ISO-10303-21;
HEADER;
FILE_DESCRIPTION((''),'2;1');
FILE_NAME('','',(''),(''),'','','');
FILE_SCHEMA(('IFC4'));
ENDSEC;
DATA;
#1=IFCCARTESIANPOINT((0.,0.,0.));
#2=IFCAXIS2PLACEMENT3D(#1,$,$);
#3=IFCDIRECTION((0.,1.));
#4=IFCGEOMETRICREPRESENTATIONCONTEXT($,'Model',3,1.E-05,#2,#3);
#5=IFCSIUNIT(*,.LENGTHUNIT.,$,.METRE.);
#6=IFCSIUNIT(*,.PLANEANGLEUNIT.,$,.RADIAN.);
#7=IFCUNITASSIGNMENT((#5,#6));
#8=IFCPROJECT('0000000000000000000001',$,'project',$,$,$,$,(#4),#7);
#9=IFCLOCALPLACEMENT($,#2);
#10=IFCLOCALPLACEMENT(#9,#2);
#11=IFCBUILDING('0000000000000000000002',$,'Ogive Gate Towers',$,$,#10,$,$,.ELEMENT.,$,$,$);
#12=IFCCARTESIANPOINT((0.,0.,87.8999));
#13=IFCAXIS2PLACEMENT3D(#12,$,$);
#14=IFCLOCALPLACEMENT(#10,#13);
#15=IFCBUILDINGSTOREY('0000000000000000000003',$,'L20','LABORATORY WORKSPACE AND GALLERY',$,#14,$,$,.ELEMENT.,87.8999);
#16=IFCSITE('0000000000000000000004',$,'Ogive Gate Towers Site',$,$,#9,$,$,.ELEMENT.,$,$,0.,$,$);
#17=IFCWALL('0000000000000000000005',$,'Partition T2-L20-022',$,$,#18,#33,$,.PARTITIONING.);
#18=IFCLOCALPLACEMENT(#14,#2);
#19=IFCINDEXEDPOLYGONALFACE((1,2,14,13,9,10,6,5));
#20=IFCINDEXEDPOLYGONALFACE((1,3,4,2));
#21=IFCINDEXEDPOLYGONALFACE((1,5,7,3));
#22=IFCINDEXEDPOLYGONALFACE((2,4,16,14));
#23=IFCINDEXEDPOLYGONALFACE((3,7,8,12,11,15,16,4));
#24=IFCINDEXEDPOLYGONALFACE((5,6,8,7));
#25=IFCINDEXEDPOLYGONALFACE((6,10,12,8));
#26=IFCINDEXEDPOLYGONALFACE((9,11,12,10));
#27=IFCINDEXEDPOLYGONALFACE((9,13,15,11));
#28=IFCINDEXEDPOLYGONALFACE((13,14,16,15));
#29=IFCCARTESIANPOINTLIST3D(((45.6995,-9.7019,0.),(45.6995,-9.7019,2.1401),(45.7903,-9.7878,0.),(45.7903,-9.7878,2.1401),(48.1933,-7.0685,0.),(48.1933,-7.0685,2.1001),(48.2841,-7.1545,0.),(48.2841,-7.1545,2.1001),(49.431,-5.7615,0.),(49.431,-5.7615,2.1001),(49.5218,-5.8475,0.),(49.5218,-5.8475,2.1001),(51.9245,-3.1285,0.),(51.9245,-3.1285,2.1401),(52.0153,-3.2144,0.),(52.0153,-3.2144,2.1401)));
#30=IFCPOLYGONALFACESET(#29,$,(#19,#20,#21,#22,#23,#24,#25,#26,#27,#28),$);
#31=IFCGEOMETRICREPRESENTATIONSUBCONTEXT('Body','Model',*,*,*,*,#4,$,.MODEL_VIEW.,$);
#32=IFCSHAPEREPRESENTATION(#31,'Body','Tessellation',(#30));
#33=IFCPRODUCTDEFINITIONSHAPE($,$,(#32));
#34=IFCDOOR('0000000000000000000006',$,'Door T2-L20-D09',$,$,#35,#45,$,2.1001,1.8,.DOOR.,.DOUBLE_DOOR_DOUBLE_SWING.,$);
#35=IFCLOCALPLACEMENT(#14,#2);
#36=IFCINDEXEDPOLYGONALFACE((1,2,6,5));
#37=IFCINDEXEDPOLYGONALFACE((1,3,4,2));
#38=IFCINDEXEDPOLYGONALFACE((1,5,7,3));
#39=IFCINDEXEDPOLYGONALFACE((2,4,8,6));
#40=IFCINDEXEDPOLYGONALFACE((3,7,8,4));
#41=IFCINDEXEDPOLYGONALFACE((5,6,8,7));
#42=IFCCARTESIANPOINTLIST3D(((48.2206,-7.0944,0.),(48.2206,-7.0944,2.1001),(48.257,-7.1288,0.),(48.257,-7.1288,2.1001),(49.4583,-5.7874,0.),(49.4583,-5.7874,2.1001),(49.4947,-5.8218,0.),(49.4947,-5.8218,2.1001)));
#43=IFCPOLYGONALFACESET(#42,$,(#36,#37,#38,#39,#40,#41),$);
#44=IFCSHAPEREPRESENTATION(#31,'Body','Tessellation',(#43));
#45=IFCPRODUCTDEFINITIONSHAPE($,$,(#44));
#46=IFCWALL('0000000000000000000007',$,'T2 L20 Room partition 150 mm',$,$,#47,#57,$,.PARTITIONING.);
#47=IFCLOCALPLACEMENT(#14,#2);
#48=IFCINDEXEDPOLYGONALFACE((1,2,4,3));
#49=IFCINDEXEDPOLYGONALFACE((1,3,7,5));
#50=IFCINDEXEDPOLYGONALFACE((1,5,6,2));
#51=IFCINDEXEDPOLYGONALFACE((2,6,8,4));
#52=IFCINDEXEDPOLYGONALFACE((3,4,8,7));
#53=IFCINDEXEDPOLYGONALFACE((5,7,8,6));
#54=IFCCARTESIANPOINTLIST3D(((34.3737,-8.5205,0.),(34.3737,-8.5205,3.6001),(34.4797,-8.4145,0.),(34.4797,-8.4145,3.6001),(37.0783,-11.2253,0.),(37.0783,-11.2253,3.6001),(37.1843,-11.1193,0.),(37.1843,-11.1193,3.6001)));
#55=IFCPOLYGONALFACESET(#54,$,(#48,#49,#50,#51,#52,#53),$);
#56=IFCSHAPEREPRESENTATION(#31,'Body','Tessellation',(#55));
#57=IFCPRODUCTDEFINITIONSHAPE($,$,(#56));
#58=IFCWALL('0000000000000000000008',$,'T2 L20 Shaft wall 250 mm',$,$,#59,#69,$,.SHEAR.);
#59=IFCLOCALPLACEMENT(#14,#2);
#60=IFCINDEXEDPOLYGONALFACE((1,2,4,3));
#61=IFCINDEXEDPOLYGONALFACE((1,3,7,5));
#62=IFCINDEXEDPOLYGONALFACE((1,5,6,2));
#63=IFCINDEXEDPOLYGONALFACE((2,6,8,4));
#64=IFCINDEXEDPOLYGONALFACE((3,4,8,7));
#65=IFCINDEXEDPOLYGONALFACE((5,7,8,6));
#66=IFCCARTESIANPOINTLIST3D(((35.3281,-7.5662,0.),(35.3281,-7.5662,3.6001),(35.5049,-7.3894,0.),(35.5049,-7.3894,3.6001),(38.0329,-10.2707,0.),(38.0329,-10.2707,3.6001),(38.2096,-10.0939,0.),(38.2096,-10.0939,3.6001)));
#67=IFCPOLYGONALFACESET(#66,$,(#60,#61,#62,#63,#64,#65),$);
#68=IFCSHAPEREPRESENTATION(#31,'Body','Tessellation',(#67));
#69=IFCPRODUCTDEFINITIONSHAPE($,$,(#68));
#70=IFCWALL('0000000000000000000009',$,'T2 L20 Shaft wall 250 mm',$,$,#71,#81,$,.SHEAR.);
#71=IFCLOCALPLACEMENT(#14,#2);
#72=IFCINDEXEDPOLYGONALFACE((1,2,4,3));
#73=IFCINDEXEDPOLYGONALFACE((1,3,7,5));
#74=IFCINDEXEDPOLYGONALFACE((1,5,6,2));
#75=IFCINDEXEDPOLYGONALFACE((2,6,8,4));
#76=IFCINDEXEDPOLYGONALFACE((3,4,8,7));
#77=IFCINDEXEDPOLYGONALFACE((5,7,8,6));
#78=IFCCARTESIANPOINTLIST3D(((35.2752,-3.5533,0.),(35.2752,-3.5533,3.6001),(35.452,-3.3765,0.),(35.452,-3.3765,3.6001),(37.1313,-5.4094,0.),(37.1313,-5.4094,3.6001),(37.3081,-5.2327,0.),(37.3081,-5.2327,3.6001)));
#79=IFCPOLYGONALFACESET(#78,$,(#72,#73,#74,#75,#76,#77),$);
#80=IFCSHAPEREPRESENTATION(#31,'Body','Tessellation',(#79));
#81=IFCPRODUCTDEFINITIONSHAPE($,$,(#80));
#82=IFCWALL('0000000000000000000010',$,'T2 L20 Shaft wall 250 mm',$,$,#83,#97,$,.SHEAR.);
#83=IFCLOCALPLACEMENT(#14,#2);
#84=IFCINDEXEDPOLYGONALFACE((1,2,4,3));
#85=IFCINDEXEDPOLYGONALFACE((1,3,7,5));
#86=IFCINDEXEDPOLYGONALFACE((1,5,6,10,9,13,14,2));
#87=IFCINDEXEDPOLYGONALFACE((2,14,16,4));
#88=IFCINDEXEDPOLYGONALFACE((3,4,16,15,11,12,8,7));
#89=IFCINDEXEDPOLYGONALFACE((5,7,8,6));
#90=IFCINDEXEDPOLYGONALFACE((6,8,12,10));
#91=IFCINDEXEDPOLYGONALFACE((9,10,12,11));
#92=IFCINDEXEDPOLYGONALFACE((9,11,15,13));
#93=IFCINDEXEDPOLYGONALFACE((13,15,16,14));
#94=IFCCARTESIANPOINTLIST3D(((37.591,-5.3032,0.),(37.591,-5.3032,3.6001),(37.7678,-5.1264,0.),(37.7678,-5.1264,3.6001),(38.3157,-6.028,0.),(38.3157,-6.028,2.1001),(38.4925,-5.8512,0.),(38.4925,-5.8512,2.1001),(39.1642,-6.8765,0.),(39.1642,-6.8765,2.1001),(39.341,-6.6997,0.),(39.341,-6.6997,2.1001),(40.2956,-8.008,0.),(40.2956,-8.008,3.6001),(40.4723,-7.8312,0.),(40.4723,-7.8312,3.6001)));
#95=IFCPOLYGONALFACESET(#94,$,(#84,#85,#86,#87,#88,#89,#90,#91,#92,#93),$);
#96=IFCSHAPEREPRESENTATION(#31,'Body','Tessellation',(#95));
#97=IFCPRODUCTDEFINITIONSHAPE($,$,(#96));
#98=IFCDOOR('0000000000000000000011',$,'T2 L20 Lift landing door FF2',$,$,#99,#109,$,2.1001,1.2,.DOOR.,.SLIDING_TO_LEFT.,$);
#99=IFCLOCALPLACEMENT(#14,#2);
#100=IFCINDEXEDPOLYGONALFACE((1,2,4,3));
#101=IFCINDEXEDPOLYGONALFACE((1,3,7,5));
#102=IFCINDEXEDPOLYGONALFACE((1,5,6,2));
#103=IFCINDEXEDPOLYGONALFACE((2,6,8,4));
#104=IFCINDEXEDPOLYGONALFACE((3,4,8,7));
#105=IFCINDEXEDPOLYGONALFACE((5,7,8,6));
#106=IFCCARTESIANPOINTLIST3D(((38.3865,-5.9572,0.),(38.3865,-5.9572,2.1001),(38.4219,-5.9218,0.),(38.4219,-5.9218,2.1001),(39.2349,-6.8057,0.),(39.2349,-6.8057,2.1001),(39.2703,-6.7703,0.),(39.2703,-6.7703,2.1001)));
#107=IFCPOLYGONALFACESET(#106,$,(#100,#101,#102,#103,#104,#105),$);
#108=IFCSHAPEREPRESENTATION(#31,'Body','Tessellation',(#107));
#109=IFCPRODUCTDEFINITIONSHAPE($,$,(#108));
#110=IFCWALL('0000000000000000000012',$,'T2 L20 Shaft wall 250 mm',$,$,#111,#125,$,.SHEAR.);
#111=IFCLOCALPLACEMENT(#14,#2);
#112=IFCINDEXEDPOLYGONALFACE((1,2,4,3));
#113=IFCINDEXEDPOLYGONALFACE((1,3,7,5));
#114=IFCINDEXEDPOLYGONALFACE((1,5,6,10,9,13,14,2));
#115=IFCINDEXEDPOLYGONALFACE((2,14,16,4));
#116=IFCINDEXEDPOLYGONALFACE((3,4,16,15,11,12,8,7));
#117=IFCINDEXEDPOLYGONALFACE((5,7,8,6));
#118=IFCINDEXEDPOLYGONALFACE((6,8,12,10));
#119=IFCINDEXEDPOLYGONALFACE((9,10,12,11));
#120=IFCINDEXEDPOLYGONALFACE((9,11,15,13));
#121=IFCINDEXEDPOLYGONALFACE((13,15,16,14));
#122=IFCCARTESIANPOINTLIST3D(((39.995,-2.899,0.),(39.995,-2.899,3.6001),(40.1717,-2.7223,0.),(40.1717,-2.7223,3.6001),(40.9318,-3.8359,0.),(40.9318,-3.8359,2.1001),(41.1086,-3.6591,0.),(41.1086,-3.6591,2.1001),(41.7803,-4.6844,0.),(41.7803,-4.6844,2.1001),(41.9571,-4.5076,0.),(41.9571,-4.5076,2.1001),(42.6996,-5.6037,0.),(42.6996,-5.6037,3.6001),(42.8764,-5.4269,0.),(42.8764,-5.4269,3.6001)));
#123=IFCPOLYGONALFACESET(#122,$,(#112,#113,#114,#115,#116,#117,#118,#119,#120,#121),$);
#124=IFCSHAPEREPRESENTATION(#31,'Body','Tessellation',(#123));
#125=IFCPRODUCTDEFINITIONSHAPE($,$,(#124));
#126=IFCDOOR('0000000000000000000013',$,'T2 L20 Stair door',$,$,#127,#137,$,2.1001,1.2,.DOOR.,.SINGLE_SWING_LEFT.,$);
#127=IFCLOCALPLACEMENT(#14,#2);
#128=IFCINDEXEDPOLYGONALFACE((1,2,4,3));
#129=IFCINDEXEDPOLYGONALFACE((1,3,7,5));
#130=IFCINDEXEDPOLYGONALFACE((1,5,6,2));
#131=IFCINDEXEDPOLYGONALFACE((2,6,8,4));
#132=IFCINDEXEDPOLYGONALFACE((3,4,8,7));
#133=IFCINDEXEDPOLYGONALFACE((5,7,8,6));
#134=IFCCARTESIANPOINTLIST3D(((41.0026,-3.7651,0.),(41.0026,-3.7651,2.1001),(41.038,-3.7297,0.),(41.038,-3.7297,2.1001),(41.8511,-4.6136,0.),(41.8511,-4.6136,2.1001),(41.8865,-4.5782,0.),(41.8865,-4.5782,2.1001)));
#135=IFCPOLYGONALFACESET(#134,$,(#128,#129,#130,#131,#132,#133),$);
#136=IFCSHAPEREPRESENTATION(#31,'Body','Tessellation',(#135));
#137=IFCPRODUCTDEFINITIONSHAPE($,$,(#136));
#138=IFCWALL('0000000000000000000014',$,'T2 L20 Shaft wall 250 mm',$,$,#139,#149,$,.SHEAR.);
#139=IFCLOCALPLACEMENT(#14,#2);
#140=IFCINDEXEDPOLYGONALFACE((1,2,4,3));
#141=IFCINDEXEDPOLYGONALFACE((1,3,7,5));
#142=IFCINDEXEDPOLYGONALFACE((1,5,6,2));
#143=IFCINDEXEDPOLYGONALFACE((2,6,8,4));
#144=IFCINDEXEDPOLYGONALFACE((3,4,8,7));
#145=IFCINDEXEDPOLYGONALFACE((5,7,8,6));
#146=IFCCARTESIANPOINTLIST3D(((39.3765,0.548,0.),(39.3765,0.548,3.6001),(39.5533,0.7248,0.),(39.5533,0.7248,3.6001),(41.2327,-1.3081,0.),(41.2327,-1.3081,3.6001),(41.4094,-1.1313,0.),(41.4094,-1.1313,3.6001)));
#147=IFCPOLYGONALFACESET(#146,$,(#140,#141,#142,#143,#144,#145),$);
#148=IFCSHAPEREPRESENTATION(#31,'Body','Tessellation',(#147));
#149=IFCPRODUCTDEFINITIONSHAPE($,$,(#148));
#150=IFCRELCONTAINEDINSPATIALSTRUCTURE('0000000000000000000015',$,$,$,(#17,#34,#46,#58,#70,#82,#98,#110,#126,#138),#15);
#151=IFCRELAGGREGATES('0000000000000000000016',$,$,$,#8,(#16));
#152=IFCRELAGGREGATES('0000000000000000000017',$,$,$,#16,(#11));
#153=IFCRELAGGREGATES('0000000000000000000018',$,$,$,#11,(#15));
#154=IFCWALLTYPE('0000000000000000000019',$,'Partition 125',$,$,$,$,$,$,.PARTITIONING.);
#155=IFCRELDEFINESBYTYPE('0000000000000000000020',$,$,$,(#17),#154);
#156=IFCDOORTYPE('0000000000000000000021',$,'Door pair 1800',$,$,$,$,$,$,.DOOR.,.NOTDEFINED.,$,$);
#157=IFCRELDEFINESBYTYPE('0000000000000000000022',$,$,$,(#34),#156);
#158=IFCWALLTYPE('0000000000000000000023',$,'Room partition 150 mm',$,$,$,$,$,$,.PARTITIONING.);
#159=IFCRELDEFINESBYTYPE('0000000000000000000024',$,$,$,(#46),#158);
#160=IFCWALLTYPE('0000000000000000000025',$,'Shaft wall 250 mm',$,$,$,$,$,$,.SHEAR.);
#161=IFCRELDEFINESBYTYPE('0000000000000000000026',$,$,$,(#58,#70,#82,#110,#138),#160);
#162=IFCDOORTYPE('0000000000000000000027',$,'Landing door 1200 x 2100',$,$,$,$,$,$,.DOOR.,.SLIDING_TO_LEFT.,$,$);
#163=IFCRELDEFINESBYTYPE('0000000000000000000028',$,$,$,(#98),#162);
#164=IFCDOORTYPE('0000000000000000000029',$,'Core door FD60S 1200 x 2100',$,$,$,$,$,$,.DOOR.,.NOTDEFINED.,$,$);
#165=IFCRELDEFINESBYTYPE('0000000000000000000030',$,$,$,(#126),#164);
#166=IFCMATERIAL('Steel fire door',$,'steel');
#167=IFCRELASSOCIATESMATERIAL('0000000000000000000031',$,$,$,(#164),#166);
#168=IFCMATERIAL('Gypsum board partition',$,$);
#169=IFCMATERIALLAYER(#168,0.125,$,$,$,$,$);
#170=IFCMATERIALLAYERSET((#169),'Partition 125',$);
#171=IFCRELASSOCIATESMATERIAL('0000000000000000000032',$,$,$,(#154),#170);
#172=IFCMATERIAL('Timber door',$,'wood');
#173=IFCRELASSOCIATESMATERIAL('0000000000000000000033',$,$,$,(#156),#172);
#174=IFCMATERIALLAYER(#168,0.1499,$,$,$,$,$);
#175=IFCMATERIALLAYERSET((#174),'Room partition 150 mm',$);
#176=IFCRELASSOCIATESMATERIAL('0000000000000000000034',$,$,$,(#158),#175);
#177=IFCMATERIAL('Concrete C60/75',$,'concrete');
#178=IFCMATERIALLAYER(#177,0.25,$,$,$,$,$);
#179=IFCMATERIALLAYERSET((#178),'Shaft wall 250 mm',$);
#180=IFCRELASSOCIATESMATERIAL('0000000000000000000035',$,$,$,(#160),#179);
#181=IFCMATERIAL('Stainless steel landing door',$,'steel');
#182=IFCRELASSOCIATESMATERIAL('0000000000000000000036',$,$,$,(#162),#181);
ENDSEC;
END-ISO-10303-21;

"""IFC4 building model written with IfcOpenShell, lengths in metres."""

from ifc_helpers import new_model, si_unit, direction, frame, frame_2d, origin, place, context, subcontext, project, spatial, rectangle, extrude, material, layer, layer_set, type_object, element, fill, save


model = new_model("IFC4")

# Units and contexts
model_context = context("Model", 3, precision=1e-05, world=origin(), true_north=direction((0.0, 1.0)))
body_context = subcontext(model_context, "Body", "Model", "MODEL_VIEW")
ifc_project = project(units=[si_unit("LENGTHUNIT", "METRE"), si_unit("PLANEANGLEUNIT", "RADIAN")], contexts=[model_context])

# Site, building, storey
site_placement = place(None, origin())
site = spatial("IfcSite", under=ifc_project, at=site_placement, Name="Ogive Gate Towers Site", CompositionType="ELEMENT", RefElevation=0.0)
building_placement = place(site_placement, origin())
building = spatial("IfcBuilding", under=site, at=building_placement, Name="Ogive Gate Towers", CompositionType="ELEMENT")
storey_placement = place(building_placement, frame((0.0, 0.0, 87.8999)))
storey = spatial("IfcBuildingStorey", under=building, at=storey_placement, Name="L20", Description="LABORATORY WORKSPACE AND GALLERY", CompositionType="ELEMENT", Elevation=87.8999)

# Shared definitions
ifc_material_1 = material(Name="Concrete C60/75", Category="concrete")
ifc_material_2 = material(Name="Timber door", Category="wood")
ifc_material_3 = material(Name="Steel fire door", Category="steel")
door_type_1 = type_object("IfcDoorType", Name="Core door FD60S 1200 x 2100", OperationType="NOTDEFINED", PredefinedType="DOOR", material=ifc_material_3)

# Wall, opening, door
ifc_material_4 = material(Name="Gypsum board partition")
ifc_layer_1 = layer(ifc_material_4, 0.125)
ifc_layer_set_1 = layer_set([ifc_layer_1], Name="Partition 125")
wall_type_1 = type_object("IfcWallType", Name="Partition 125", PredefinedType="PARTITIONING", material=ifc_layer_set_1)
door_type_2 = type_object("IfcDoorType", Name="Door pair 1800", OperationType="NOTDEFINED", PredefinedType="DOOR", material=ifc_material_2)
wall_1_placement = place(storey_placement, frame((45.7449, -9.7449, 0.0), z_axis=(0.0, 0.0, 1.0), x_axis=(0.687604, 0.726086, 0.0)))
wall_1 = element("IfcWall", 1, at=wall_1_placement, inside=storey, type_object=wall_type_1, Name="Partition T2-L20-022", PredefinedType="PARTITIONING", context=body_context, shape_type="SweptSolid", body=[
    extrude(rectangle(XDim=9.0532, YDim=0.125, at=frame_2d((4.5266, 0.0))), origin(), (0.0, 0.0, 1.0), 2.1401),
])
opening_1_placement = place(wall_1_placement, frame((3.627, 0.0, 0.0)))
opening_1 = element("IfcOpeningElement", 2, at=opening_1_placement, cuts=wall_1, PredefinedType="OPENING", context=body_context, shape_type="SweptSolid", body=[
    extrude(rectangle(XDim=1.8, YDim=2.1001, at=frame_2d((0.8999, 1.05))), frame((0.0, 0.0725, 0.0), z_axis=(0.0, -1.0, 0.0), x_axis=(1.0, 0.0, 0.0)), (0.0, 0.0, 1.0), 0.145),
])
door_1_placement = place(opening_1_placement, origin())
door_1 = element("IfcDoor", 3, at=door_1_placement, inside=storey, type_object=door_type_2, Name="Door T2-L20-D09", OperationType="DOUBLE_DOOR_DOUBLE_SWING", OverallHeight=2.1001, OverallWidth=1.8, PredefinedType="DOOR", context=body_context, shape_type="SweptSolid", body=[
    extrude(rectangle(XDim=1.8, YDim=2.1001, at=frame_2d((0.8999, 1.05))), frame((0.0, 0.0249, 0.0), z_axis=(0.0, -1.0, 0.0), x_axis=(1.0, 0.0, 0.0)), (0.0, 0.0, 1.0), 0.05),
])
fill(opening_1, door_1)

# Walls
ifc_layer_2 = layer(ifc_material_4, 0.1499)
ifc_layer_set_2 = layer_set([ifc_layer_2], Name="Room partition 150 mm")
wall_type_2 = type_object("IfcWallType", Name="Room partition 150 mm", PredefinedType="PARTITIONING", material=ifc_layer_set_2)
wall_2_placement = place(storey_placement, frame((37.1313, -11.1724, 0.0), z_axis=(0.0, 0.0, 1.0), x_axis=(-0.707075, 0.707139, 0.0)))
element("IfcWall", 4, at=wall_2_placement, inside=storey, type_object=wall_type_2, Name="T2 L20 Room partition 150 mm", PredefinedType="PARTITIONING", context=body_context, shape_type="SweptSolid", body=[
    extrude(rectangle(XDim=3.825, YDim=0.1499, at=frame_2d((1.9126, 0.0))), origin(), (0.0, 0.0, 1.0), 3.6001),
])
ifc_layer_3 = layer(ifc_material_1, 0.25)
ifc_layer_set_3 = layer_set([ifc_layer_3], Name="Shaft wall 250 mm")
wall_type_3 = type_object("IfcWallType", Name="Shaft wall 250 mm", PredefinedType="SHEAR", material=ifc_layer_set_3)
wall_3_placement = place(storey_placement, frame((38.1213, -10.1824, 0.0), z_axis=(0.0, 0.0, 1.0), x_axis=(-0.707139, 0.707075, 0.0)))
element("IfcWall", 5, at=wall_3_placement, inside=storey, type_object=wall_type_3, Name="T2 L20 Shaft wall 250 mm", PredefinedType="SHEAR", context=body_context, shape_type="SweptSolid", body=[
    extrude(rectangle(XDim=3.825, YDim=0.25, at=frame_2d((1.9126, 0.0))), origin(), (0.0, 0.0, 1.0), 3.6001),
])
wall_4_placement = place(storey_placement, frame((37.2197, -5.321, 0.0), z_axis=(0.0, 0.0, 1.0), x_axis=(-0.707107, 0.707107, 0.0)))
element("IfcWall", 6, at=wall_4_placement, inside=storey, type_object=wall_type_3, Name="T2 L20 Shaft wall 250 mm", PredefinedType="SHEAR", context=body_context, shape_type="SweptSolid", body=[
    extrude(rectangle(XDim=2.625, YDim=0.25, at=frame_2d((1.3125, 0.0))), origin(), (0.0, 0.0, 1.0), 3.6001),
])

# Walls, openings, doors
wall_5_placement = place(storey_placement, frame((40.384, -7.9197, 0.0), z_axis=(0.0, 0.0, 1.0), x_axis=(-0.707075, 0.707139, 0.0)))
wall_5 = element("IfcWall", 7, at=wall_5_placement, inside=storey, type_object=wall_type_3, Name="T2 L20 Shaft wall 250 mm", PredefinedType="SHEAR", context=body_context, shape_type="SweptSolid", body=[
    extrude(rectangle(XDim=3.825, YDim=0.25, at=frame_2d((1.9126, 0.0))), origin(), (0.0, 0.0, 1.0), 3.6001),
])
opening_2_placement = place(wall_5_placement, frame((1.6001, 0.0, 0.0)))
opening_2 = element("IfcOpeningElement", 8, at=opening_2_placement, cuts=wall_5, PredefinedType="OPENING", context=body_context, shape_type="SweptSolid", body=[
    extrude(rectangle(XDim=1.2, YDim=2.1001, at=frame_2d((0.6001, 1.05))), frame((0.0, 0.135, 0.0), z_axis=(0.0, -1.0, 0.0), x_axis=(1.0, 0.0, 0.0)), (0.0, 0.0, 1.0), 0.27),
])
ifc_material_5 = material(Name="Stainless steel landing door", Category="steel")
door_type_3 = type_object("IfcDoorType", Name="Landing door 1200 x 2100", OperationType="SLIDING_TO_LEFT", PredefinedType="DOOR", material=ifc_material_5)
door_2_placement = place(opening_2_placement, origin())
door_2 = element("IfcDoor", 9, at=door_2_placement, inside=storey, type_object=door_type_3, Name="T2 L20 Lift landing door FF2", OperationType="SLIDING_TO_LEFT", OverallHeight=2.1001, OverallWidth=1.2, PredefinedType="DOOR", context=body_context, shape_type="SweptSolid", body=[
    extrude(rectangle(XDim=1.2, YDim=2.1001, at=frame_2d((0.6001, 1.05))), frame((0.0, 0.0249, 0.0), z_axis=(0.0, -1.0, 0.0), x_axis=(1.0, 0.0, 0.0)), (0.0, 0.0, 1.0), 0.05),
])
fill(opening_2, door_2)
wall_6_placement = place(storey_placement, frame((42.7881, -5.5154, 0.0), z_axis=(0.0, 0.0, 1.0), x_axis=(-0.707107, 0.707107, 0.0)))
wall_6 = element("IfcWall", 10, at=wall_6_placement, inside=storey, type_object=wall_type_3, Name="T2 L20 Shaft wall 250 mm", PredefinedType="SHEAR", context=body_context, shape_type="SweptSolid", body=[
    extrude(rectangle(XDim=3.825, YDim=0.25, at=frame_2d((1.9126, 0.0))), origin(), (0.0, 0.0, 1.0), 3.6001),
])
opening_3_placement = place(wall_6_placement, frame((1.3, 0.0, 0.0)))
opening_3 = element("IfcOpeningElement", 11, at=opening_3_placement, cuts=wall_6, PredefinedType="OPENING", context=body_context, shape_type="SweptSolid", body=[
    extrude(rectangle(XDim=1.2, YDim=2.1001, at=frame_2d((0.6001, 1.05))), frame((0.0, 0.135, 0.0), z_axis=(0.0, -1.0, 0.0), x_axis=(1.0, 0.0, 0.0)), (0.0, 0.0, 1.0), 0.27),
])
door_3_placement = place(opening_3_placement, origin())
door_3 = element("IfcDoor", 12, at=door_3_placement, inside=storey, type_object=door_type_1, Name="T2 L20 Stair door", OperationType="SINGLE_SWING_LEFT", OverallHeight=2.1001, OverallWidth=1.2, PredefinedType="DOOR", context=body_context, shape_type="SweptSolid", body=[
    extrude(rectangle(XDim=1.2, YDim=2.1001, at=frame_2d((0.6001, 1.05))), frame((0.0, 0.0249, 0.0), z_axis=(0.0, -1.0, 0.0), x_axis=(1.0, 0.0, 0.0)), (0.0, 0.0, 1.0), 0.05),
])
fill(opening_3, door_3)

# Wall
wall_7_placement = place(storey_placement, frame((41.321, -1.2197, 0.0), z_axis=(0.0, 0.0, 1.0), x_axis=(-0.707107, 0.707107, 0.0)))
element("IfcWall", 13, at=wall_7_placement, inside=storey, type_object=wall_type_3, Name="T2 L20 Shaft wall 250 mm", PredefinedType="SHEAR", context=body_context, shape_type="SweptSolid", body=[
    extrude(rectangle(XDim=2.625, YDim=0.25, at=frame_2d((1.3125, 0.0))), origin(), (0.0, 0.0, 1.0), 3.6001),
])

save(model, "model.ifc")
